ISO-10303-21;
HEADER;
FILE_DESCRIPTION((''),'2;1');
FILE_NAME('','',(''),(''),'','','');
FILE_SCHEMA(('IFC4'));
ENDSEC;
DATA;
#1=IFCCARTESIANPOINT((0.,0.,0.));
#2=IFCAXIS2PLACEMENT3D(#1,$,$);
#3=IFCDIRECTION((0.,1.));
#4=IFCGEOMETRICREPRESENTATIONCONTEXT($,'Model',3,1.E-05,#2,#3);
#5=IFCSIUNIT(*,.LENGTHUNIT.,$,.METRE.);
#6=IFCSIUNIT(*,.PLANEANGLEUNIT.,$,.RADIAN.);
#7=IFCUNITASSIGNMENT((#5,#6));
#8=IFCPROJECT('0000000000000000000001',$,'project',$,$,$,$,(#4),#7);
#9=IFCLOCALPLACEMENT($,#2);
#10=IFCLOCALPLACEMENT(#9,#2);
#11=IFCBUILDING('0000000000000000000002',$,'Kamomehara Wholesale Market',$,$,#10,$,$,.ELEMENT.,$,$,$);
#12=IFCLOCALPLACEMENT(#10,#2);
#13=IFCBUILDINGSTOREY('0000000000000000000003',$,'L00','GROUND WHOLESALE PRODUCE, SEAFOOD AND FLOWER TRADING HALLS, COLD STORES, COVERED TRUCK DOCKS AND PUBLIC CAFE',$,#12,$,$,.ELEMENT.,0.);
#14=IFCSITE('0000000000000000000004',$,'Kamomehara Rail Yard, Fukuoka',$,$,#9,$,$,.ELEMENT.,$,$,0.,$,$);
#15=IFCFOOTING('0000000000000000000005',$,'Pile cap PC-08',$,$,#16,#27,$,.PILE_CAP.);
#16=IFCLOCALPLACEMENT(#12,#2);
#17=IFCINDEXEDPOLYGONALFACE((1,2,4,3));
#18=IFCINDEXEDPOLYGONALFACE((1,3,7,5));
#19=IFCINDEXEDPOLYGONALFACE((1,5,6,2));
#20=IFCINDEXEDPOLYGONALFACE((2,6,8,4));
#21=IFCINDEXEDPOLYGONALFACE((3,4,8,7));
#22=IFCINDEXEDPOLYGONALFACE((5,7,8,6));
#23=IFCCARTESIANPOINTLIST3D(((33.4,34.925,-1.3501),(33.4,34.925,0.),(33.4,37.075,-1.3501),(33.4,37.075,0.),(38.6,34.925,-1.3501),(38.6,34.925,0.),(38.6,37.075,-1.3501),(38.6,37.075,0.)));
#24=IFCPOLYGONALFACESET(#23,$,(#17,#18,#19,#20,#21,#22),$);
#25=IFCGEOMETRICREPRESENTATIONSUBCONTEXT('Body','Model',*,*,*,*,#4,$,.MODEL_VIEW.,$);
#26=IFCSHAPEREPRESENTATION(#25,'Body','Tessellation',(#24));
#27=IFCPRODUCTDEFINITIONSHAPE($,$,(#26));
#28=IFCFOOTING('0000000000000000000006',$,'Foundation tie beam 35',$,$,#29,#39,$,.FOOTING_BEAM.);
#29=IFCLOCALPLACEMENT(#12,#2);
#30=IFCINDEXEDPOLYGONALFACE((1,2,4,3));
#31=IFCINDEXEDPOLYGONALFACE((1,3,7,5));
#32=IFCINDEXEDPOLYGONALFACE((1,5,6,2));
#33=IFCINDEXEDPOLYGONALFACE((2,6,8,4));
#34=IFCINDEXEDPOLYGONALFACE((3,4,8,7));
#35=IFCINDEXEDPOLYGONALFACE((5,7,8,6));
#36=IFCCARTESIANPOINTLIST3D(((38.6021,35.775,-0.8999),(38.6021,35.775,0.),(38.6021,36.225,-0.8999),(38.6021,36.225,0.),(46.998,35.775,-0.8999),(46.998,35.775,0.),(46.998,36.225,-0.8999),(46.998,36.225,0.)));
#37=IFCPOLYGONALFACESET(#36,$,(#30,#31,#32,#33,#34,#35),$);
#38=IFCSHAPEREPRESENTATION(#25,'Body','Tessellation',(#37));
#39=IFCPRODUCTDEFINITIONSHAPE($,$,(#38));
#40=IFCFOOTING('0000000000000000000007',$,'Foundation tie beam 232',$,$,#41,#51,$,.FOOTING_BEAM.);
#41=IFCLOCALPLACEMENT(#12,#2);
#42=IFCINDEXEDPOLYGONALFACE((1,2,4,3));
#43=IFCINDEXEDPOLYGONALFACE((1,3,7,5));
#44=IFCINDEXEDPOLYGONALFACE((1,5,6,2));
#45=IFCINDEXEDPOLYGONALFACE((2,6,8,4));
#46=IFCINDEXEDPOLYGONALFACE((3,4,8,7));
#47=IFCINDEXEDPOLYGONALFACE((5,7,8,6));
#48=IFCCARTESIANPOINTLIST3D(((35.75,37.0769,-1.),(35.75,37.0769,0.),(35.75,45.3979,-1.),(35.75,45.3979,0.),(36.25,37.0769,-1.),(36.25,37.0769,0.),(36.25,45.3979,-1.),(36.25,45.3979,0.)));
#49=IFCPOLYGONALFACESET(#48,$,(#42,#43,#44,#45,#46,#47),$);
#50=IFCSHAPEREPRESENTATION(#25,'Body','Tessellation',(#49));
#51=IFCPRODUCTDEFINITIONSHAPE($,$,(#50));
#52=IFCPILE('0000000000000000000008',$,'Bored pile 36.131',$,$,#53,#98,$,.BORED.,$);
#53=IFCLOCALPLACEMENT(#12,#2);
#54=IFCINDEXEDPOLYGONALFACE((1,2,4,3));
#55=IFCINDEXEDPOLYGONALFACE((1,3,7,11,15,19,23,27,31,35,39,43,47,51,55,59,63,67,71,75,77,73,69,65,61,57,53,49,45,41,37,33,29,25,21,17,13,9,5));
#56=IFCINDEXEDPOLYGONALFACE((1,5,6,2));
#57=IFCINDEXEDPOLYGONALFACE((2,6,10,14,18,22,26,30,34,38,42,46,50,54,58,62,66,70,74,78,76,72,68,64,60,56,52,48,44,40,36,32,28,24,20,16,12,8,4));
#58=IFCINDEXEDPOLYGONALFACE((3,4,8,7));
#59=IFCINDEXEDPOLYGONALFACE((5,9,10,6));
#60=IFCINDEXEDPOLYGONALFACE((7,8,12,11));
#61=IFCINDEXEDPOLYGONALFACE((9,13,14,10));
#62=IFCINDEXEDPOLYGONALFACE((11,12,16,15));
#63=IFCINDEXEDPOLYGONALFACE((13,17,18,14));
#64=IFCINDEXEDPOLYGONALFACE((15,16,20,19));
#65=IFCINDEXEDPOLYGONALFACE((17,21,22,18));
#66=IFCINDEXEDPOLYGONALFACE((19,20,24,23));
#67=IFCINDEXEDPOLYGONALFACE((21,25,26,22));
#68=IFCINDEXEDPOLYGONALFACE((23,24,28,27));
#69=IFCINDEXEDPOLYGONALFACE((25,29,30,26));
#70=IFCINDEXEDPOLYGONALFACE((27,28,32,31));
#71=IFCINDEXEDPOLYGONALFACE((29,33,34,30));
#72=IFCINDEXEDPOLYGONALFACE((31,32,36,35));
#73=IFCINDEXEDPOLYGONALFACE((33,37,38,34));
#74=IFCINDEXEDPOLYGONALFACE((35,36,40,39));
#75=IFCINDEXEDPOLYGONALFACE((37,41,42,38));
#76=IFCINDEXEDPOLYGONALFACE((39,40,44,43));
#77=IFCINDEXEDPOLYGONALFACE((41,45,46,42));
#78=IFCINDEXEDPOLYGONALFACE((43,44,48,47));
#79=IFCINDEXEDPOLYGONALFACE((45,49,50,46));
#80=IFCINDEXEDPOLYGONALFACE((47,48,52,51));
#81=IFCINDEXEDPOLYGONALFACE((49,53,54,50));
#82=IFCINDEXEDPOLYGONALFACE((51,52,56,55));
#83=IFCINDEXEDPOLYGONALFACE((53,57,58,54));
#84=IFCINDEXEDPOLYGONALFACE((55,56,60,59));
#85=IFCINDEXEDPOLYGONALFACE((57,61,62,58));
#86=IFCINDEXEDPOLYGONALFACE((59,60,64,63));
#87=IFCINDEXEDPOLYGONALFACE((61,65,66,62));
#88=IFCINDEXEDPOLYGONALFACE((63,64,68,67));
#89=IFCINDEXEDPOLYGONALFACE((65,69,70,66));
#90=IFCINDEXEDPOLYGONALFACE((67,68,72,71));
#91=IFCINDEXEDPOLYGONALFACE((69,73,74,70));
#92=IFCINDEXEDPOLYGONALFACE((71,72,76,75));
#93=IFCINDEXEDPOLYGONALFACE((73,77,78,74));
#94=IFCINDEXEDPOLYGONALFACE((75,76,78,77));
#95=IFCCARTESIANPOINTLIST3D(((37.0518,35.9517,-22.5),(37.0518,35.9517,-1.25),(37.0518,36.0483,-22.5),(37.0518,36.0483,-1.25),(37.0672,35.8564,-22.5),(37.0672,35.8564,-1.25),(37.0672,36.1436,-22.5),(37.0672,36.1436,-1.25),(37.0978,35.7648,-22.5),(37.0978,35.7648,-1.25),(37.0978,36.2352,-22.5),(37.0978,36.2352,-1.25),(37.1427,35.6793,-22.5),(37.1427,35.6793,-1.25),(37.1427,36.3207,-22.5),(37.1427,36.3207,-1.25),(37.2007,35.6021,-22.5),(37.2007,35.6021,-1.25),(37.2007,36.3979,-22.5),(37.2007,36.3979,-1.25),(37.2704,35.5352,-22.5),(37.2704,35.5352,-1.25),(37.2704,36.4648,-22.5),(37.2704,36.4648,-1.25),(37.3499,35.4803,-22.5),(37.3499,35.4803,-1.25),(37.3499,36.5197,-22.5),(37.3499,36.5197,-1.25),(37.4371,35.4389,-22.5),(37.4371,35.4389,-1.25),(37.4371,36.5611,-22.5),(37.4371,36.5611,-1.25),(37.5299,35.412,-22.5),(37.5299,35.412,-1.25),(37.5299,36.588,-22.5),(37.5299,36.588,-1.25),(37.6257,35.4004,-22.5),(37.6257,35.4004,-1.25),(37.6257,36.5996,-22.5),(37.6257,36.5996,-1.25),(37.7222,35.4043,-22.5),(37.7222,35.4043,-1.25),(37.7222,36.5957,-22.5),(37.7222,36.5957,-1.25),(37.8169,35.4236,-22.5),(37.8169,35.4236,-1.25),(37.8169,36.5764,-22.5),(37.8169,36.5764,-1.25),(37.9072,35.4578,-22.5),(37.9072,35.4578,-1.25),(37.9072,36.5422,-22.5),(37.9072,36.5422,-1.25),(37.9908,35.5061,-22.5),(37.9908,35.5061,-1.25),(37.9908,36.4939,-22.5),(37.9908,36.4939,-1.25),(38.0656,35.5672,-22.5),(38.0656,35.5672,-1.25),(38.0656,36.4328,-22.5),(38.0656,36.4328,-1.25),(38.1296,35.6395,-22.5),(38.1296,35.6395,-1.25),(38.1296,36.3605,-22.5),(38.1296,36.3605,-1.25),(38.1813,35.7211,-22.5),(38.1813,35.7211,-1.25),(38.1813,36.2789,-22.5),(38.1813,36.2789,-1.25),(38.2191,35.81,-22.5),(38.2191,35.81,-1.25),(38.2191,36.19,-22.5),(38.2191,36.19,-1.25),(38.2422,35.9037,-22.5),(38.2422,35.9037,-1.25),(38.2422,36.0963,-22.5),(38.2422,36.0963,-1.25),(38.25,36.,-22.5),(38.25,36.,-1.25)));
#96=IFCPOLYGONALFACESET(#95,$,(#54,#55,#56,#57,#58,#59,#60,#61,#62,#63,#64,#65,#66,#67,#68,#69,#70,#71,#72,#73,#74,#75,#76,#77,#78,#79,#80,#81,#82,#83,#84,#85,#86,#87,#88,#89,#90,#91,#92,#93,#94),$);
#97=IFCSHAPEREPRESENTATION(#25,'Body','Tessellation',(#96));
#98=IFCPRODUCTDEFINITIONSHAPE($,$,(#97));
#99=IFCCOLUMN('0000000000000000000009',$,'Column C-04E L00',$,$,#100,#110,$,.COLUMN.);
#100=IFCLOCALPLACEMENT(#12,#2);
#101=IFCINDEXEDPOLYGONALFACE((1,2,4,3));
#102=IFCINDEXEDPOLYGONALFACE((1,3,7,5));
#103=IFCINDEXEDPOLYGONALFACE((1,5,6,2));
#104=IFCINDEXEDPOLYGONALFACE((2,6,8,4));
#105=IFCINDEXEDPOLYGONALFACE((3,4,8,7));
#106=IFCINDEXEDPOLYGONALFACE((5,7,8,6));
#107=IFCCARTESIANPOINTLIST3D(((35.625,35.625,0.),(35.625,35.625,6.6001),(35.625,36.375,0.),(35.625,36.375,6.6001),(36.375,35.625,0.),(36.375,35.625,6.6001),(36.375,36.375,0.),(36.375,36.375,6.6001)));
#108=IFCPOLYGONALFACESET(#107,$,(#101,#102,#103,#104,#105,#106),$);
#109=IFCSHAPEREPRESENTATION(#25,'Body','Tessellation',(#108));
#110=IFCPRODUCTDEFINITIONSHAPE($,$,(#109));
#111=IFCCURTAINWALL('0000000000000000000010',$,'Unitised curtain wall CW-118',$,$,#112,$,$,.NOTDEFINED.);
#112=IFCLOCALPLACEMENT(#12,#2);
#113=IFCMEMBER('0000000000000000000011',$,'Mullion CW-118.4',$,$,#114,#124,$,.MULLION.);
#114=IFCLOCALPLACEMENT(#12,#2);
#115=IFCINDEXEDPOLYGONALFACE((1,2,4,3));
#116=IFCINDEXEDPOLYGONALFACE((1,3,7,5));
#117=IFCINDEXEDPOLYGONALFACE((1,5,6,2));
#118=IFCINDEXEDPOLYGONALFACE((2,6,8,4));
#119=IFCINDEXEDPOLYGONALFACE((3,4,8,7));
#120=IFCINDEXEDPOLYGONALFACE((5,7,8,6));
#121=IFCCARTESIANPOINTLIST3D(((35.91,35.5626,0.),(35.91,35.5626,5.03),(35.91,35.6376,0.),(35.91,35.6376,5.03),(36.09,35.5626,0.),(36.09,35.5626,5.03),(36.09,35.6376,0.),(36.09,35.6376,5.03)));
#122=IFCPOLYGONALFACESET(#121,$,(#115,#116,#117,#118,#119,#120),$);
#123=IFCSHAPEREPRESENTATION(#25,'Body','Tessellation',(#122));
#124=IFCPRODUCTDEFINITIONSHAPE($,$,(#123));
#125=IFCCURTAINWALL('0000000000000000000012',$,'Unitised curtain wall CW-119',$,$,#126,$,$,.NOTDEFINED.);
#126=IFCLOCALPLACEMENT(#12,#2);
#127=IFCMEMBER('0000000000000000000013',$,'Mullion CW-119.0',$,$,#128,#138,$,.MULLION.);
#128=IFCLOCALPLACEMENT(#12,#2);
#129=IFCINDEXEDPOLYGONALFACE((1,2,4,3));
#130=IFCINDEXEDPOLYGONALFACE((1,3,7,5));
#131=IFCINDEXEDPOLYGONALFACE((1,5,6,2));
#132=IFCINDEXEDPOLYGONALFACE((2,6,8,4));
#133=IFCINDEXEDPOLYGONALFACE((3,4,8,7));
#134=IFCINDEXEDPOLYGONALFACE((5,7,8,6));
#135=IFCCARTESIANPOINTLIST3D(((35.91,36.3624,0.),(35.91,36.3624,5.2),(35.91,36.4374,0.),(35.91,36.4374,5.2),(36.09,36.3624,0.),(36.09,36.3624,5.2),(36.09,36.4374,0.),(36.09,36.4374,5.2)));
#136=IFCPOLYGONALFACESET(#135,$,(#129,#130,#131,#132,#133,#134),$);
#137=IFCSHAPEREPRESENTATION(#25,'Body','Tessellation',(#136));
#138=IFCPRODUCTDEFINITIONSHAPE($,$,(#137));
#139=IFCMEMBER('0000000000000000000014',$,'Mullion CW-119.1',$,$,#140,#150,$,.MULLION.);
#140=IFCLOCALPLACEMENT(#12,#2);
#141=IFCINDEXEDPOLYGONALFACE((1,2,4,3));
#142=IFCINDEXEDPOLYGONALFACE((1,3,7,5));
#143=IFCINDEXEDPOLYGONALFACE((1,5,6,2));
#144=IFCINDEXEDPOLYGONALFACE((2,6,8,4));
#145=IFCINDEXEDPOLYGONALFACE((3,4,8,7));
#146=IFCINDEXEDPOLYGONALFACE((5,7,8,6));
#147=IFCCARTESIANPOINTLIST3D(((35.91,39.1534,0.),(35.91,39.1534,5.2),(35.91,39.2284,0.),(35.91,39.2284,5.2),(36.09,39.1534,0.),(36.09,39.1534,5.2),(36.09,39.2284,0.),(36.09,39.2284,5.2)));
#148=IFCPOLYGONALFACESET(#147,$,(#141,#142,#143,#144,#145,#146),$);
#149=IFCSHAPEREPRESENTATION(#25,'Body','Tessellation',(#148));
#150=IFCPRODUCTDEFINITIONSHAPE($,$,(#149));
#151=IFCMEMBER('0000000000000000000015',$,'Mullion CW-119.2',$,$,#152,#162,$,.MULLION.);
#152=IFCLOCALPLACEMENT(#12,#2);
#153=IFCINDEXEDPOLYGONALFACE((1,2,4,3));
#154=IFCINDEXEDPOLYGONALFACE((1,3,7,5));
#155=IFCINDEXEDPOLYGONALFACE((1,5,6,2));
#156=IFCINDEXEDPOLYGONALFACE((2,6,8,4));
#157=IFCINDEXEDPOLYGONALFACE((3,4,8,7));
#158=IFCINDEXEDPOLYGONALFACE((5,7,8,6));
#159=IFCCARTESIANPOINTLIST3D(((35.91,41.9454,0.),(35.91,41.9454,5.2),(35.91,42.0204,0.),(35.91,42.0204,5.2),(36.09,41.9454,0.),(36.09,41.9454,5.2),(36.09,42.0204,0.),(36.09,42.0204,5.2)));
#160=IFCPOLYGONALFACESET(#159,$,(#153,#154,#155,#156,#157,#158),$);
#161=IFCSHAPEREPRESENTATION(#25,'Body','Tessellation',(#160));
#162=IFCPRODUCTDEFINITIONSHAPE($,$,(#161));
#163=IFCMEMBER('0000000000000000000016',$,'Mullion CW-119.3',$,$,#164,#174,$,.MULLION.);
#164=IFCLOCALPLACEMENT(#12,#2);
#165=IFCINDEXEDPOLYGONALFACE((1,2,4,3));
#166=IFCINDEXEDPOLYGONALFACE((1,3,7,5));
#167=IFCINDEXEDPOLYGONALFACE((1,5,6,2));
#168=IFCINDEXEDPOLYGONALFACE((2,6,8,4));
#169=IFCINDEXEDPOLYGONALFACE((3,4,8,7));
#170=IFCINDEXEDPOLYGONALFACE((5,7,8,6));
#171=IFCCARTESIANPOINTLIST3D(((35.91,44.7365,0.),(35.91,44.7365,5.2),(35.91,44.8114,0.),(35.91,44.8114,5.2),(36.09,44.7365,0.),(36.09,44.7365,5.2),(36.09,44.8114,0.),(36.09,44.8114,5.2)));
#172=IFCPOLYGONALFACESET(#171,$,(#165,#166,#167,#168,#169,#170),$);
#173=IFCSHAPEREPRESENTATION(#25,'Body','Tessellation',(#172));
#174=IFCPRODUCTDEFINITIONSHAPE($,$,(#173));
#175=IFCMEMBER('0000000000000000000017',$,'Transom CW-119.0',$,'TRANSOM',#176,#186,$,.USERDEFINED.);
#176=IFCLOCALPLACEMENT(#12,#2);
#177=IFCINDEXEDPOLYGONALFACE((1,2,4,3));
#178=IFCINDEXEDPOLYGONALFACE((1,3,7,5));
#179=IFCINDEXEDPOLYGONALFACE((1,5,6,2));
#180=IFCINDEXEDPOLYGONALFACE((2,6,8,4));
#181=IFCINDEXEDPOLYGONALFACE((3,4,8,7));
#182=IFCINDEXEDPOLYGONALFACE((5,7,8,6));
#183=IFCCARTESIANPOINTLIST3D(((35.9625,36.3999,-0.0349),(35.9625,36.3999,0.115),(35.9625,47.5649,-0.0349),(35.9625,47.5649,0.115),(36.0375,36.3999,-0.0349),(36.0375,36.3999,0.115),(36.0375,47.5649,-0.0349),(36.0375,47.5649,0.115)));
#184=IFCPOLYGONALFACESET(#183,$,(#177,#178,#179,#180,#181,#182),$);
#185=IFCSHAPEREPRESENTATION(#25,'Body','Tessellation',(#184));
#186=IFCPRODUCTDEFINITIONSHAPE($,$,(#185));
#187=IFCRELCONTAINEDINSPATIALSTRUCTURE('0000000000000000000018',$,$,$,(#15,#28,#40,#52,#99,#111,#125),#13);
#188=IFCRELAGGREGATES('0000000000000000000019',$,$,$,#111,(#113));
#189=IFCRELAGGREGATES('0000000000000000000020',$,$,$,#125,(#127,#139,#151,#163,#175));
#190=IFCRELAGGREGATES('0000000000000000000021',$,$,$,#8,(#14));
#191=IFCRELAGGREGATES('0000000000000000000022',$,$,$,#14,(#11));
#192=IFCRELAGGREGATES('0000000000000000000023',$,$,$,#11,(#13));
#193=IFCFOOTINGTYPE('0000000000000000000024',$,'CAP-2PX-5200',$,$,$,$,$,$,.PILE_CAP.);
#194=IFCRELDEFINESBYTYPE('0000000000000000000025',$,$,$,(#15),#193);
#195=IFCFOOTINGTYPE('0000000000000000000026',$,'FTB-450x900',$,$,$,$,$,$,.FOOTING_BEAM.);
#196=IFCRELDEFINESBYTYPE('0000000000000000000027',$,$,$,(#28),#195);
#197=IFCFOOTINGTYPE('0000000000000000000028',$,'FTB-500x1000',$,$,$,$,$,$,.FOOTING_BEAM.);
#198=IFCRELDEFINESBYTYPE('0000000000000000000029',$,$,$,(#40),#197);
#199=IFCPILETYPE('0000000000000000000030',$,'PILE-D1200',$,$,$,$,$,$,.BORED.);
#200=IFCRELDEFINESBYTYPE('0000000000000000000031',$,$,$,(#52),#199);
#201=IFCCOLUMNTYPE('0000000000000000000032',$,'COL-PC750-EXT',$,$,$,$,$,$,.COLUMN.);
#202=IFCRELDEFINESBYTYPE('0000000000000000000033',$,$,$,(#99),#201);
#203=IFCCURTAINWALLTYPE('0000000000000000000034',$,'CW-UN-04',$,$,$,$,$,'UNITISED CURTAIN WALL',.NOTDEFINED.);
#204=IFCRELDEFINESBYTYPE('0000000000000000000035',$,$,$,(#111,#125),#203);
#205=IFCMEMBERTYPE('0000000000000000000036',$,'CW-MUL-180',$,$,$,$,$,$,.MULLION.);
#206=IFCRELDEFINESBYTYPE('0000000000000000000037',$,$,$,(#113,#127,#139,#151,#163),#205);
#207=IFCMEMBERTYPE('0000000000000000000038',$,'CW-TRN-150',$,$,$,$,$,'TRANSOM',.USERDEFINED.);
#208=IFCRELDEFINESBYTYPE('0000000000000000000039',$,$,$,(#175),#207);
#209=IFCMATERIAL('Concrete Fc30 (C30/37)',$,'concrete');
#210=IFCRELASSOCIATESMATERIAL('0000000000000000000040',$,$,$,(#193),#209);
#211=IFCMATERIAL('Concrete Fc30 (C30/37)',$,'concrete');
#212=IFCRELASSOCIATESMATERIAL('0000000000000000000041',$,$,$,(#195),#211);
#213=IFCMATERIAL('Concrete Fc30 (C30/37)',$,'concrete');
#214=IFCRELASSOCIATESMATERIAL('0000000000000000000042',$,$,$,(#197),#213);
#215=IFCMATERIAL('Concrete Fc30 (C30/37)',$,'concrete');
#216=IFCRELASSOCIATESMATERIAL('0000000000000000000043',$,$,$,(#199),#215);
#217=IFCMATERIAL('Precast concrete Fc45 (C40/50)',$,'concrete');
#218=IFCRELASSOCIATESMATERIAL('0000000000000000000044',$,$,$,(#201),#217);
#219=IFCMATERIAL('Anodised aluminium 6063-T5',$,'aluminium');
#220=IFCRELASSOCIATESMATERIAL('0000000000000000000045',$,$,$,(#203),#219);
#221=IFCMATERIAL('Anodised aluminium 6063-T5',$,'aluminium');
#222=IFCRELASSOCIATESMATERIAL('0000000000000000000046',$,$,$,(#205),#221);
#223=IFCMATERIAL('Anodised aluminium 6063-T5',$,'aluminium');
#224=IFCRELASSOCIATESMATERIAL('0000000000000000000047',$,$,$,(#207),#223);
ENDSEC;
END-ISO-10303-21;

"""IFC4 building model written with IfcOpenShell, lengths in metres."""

from ifc_helpers import new_model, si_unit, direction, frame, origin, origin_2d, place, context, subcontext, project, spatial, rectangle, circle, extrude, material, material_profile, profile_set, type_object, element, aggregate, save


model = new_model("IFC4")

# Units and contexts
model_context = context("Model", 3, precision=1e-05, world=origin(), true_north=direction((0.0, 1.0)))
body_context = subcontext(model_context, "Body", "Model", "MODEL_VIEW")
ifc_project = project(units=[si_unit("LENGTHUNIT", "METRE"), si_unit("PLANEANGLEUNIT", "RADIAN")], contexts=[model_context])

# Site, building, storey
site_placement = place(None, origin())
site = spatial("IfcSite", under=ifc_project, at=site_placement, Name="Kamomehara Rail Yard, Fukuoka", CompositionType="ELEMENT", RefElevation=0.0)
building_placement = place(site_placement, origin())
building = spatial("IfcBuilding", under=site, at=building_placement, Name="Kamomehara Wholesale Market", CompositionType="ELEMENT")
storey_placement = place(building_placement, origin())
storey = spatial("IfcBuildingStorey", under=building, at=storey_placement, Name="L00", Description="GROUND WHOLESALE PRODUCE, SEAFOOD AND FLOWER TRADING HALLS, COLD STORES, COVERED TRUCK DOCKS AND PUBLIC CAFE", CompositionType="ELEMENT", Elevation=0.0)

# Footings
ifc_material_1 = material(Name="Concrete Fc30 (C30/37)", Category="concrete")
footing_type_1 = type_object("IfcFootingType", Name="CAP-2PX-5200", PredefinedType="PILE_CAP", material=ifc_material_1)
footing_1_placement = place(storey_placement, frame((36.0, 36.0, -1.3501), z_axis=(0.0, 0.0, 1.0), x_axis=(1.0, 0.0, 0.0)))
element("IfcFooting", 1, at=footing_1_placement, inside=storey, type_object=footing_type_1, Name="Pile cap PC-08", PredefinedType="PILE_CAP", context=body_context, shape_type="SweptSolid", body=[
    extrude(rectangle(XDim=5.2, YDim=2.1499, at=origin_2d()), origin(), (0.0, 0.0, 1.0), 1.3501),
])
ifc_material_2 = material(Name="Concrete Fc30 (C30/37)", Category="concrete")
ifc_material_profile_1 = material_profile(ifc_material_2, rectangle(XDim=0.45, YDim=0.8999, at=origin_2d()), Name="RC-FTB-450x900")
ifc_profile_set_1 = profile_set([ifc_material_profile_1], Name="Concrete Fc30 (C30/37)")
footing_type_2 = type_object("IfcFootingType", Name="FTB-450x900", PredefinedType="FOOTING_BEAM", material=ifc_profile_set_1)
footing_2_placement = place(storey_placement, frame((38.6021, 36.0, -0.45), z_axis=(1.0, 0.0, 0.0), x_axis=(0.0, 1.0, 0.0)))
element("IfcFooting", 2, at=footing_2_placement, inside=storey, type_object=footing_type_2, Name="Foundation tie beam 35", PredefinedType="FOOTING_BEAM", context=body_context, shape_type="SweptSolid", body=[
    extrude(rectangle(XDim=0.45, YDim=0.8999, at=origin_2d()), origin(), (0.0, 0.0, 1.0), 8.396),
])
ifc_material_3 = material(Name="Concrete Fc30 (C30/37)", Category="concrete")
ifc_material_profile_2 = material_profile(ifc_material_3, rectangle(XDim=0.5, YDim=1.0, at=origin_2d()), Name="RC-FTB-500x1000")
ifc_profile_set_2 = profile_set([ifc_material_profile_2], Name="Concrete Fc30 (C30/37)")
footing_type_3 = type_object("IfcFootingType", Name="FTB-500x1000", PredefinedType="FOOTING_BEAM", material=ifc_profile_set_2)
footing_3_placement = place(storey_placement, frame((36.0, 37.0769, -0.5), z_axis=(0.0, 1.0, 0.0), x_axis=(-1.0, 0.0, 0.0)))
element("IfcFooting", 3, at=footing_3_placement, inside=storey, type_object=footing_type_3, Name="Foundation tie beam 232", PredefinedType="FOOTING_BEAM", context=body_context, shape_type="SweptSolid", body=[
    extrude(rectangle(XDim=0.5, YDim=1.0, at=origin_2d()), origin(), (0.0, 0.0, 1.0), 8.321),
])

# Pile
ifc_material_4 = material(Name="Concrete Fc30 (C30/37)", Category="concrete")
ifc_material_profile_3 = material_profile(ifc_material_4, circle(Radius=0.6001, at=origin_2d()), Name="RC-PILE-D1200")
ifc_profile_set_3 = profile_set([ifc_material_profile_3], Name="Concrete Fc30 (C30/37)")
pile_type = type_object("IfcPileType", Name="PILE-D1200", PredefinedType="BORED", material=ifc_profile_set_3)
pile_placement = place(storey_placement, frame((37.6499, 36.0, -1.25), z_axis=(0.0, 0.0, -1.0), x_axis=(1.0, 0.0, 0.0)))
element("IfcPile", 4, at=pile_placement, inside=storey, type_object=pile_type, Name="Bored pile 36.131", PredefinedType="BORED", context=body_context, shape_type="SweptSolid", body=[
    extrude(circle(Radius=0.6001, at=origin_2d()), origin(), (0.0, 0.0, 1.0), 21.25),
])

# Column
ifc_material_5 = material(Name="Precast concrete Fc45 (C40/50)", Category="concrete")
ifc_material_profile_4 = material_profile(ifc_material_5, rectangle(XDim=0.75, YDim=0.75, at=origin_2d()), Name="PC-COL-750x750")
ifc_profile_set_4 = profile_set([ifc_material_profile_4], Name="Precast concrete Fc45 (C40/50)")
column_type = type_object("IfcColumnType", Name="COL-PC750-EXT", PredefinedType="COLUMN", material=ifc_profile_set_4)
column_placement = place(storey_placement, frame((36.0, 36.0, 0.0), z_axis=(0.0, 0.0, 1.0), x_axis=(1.0, 0.0, 0.0)))
element("IfcColumn", 5, at=column_placement, inside=storey, type_object=column_type, Name="Column C-04E L00", PredefinedType="COLUMN", context=body_context, shape_type="SweptSolid", body=[
    extrude(rectangle(XDim=0.75, YDim=0.75, at=origin_2d()), origin(), (0.0, 0.0, 1.0), 6.6001),
])

# Curtain wall, member
ifc_material_6 = material(Name="Anodised aluminium 6063-T5", Category="aluminium")
curtain_wall_type = type_object("IfcCurtainWallType", Name="CW-UN-04", ElementType="UNITISED CURTAIN WALL", PredefinedType="NOTDEFINED", material=ifc_material_6)
curtain_wall_1_placement = place(storey_placement, origin())
curtain_wall_1 = element("IfcCurtainWall", 6, at=curtain_wall_1_placement, inside=storey, type_object=curtain_wall_type, Name="Unitised curtain wall CW-118", PredefinedType="NOTDEFINED")
ifc_material_7 = material(Name="Anodised aluminium 6063-T5", Category="aluminium")
ifc_material_profile_5 = material_profile(ifc_material_7, rectangle(XDim=0.075, YDim=0.1799, at=origin_2d()), Name="ALU-MUL-75x180")
ifc_profile_set_5 = profile_set([ifc_material_profile_5], Name="Anodised aluminium 6063-T5")
member_type_1 = type_object("IfcMemberType", Name="CW-MUL-180", PredefinedType="MULLION", material=ifc_profile_set_5)
member_1_placement = place(storey_placement, frame((36.0, 35.6001, 0.0), z_axis=(0.0, 0.0, 1.0), x_axis=(0.0, 1.0, 0.0)))
member_1 = element("IfcMember", 7, at=member_1_placement, type_object=member_type_1, Name="Mullion CW-118.4", PredefinedType="MULLION", context=body_context, shape_type="SweptSolid", body=[
    extrude(rectangle(XDim=0.075, YDim=0.1799, at=origin_2d()), origin(), (0.0, 0.0, 1.0), 5.03),
])

# Curtain wall, members
curtain_wall_2_placement = place(storey_placement, origin())
curtain_wall_2 = element("IfcCurtainWall", 8, at=curtain_wall_2_placement, inside=storey, type_object=curtain_wall_type, Name="Unitised curtain wall CW-119", PredefinedType="NOTDEFINED")
member_2_placement = place(storey_placement, frame((36.0, 36.3999, 0.0), z_axis=(0.0, 0.0, 1.0), x_axis=(0.0, 1.0, 0.0)))
member_2 = element("IfcMember", 9, at=member_2_placement, type_object=member_type_1, Name="Mullion CW-119.0", PredefinedType="MULLION", context=body_context, shape_type="SweptSolid", body=[
    extrude(rectangle(XDim=0.075, YDim=0.1799, at=origin_2d()), origin(), (0.0, 0.0, 1.0), 5.2),
])
member_3_placement = place(storey_placement, frame((36.0, 39.1909, 0.0), z_axis=(0.0, 0.0, 1.0), x_axis=(0.0, 1.0, 0.0)))
member_3 = element("IfcMember", 10, at=member_3_placement, type_object=member_type_1, Name="Mullion CW-119.1", PredefinedType="MULLION", context=body_context, shape_type="SweptSolid", body=[
    extrude(rectangle(XDim=0.075, YDim=0.1799, at=origin_2d()), origin(), (0.0, 0.0, 1.0), 5.2),
])
member_4_placement = place(storey_placement, frame((36.0, 41.9829, 0.0), z_axis=(0.0, 0.0, 1.0), x_axis=(0.0, 1.0, 0.0)))
member_4 = element("IfcMember", 11, at=member_4_placement, type_object=member_type_1, Name="Mullion CW-119.2", PredefinedType="MULLION", context=body_context, shape_type="SweptSolid", body=[
    extrude(rectangle(XDim=0.075, YDim=0.1799, at=origin_2d()), origin(), (0.0, 0.0, 1.0), 5.2),
])
member_5_placement = place(storey_placement, frame((36.0, 44.7739, 0.0), z_axis=(0.0, 0.0, 1.0), x_axis=(0.0, 1.0, 0.0)))
member_5 = element("IfcMember", 12, at=member_5_placement, type_object=member_type_1, Name="Mullion CW-119.3", PredefinedType="MULLION", context=body_context, shape_type="SweptSolid", body=[
    extrude(rectangle(XDim=0.075, YDim=0.1799, at=origin_2d()), origin(), (0.0, 0.0, 1.0), 5.2),
])
ifc_material_8 = material(Name="Anodised aluminium 6063-T5", Category="aluminium")
ifc_material_profile_6 = material_profile(ifc_material_8, rectangle(XDim=0.075, YDim=0.1499, at=origin_2d()), Name="ALU-TRN-75x150")
ifc_profile_set_6 = profile_set([ifc_material_profile_6], Name="Anodised aluminium 6063-T5")
member_type_2 = type_object("IfcMemberType", Name="CW-TRN-150", ElementType="TRANSOM", PredefinedType="USERDEFINED", material=ifc_profile_set_6)
member_6_placement = place(storey_placement, frame((36.0, 36.3999, 0.04), z_axis=(0.0, 1.0, 0.0), x_axis=(-1.0, 0.0, 0.0)))
member_6 = element("IfcMember", 13, at=member_6_placement, type_object=member_type_2, Name="Transom CW-119.0", ObjectType="TRANSOM", PredefinedType="USERDEFINED", context=body_context, shape_type="SweptSolid", body=[
    extrude(rectangle(XDim=0.075, YDim=0.1499, at=origin_2d()), origin(), (0.0, 0.0, 1.0), 11.165),
])

aggregate(curtain_wall_1, [member_1])
aggregate(curtain_wall_2, [member_2, member_3, member_4, member_5, member_6])

save(model, "model.ifc")
